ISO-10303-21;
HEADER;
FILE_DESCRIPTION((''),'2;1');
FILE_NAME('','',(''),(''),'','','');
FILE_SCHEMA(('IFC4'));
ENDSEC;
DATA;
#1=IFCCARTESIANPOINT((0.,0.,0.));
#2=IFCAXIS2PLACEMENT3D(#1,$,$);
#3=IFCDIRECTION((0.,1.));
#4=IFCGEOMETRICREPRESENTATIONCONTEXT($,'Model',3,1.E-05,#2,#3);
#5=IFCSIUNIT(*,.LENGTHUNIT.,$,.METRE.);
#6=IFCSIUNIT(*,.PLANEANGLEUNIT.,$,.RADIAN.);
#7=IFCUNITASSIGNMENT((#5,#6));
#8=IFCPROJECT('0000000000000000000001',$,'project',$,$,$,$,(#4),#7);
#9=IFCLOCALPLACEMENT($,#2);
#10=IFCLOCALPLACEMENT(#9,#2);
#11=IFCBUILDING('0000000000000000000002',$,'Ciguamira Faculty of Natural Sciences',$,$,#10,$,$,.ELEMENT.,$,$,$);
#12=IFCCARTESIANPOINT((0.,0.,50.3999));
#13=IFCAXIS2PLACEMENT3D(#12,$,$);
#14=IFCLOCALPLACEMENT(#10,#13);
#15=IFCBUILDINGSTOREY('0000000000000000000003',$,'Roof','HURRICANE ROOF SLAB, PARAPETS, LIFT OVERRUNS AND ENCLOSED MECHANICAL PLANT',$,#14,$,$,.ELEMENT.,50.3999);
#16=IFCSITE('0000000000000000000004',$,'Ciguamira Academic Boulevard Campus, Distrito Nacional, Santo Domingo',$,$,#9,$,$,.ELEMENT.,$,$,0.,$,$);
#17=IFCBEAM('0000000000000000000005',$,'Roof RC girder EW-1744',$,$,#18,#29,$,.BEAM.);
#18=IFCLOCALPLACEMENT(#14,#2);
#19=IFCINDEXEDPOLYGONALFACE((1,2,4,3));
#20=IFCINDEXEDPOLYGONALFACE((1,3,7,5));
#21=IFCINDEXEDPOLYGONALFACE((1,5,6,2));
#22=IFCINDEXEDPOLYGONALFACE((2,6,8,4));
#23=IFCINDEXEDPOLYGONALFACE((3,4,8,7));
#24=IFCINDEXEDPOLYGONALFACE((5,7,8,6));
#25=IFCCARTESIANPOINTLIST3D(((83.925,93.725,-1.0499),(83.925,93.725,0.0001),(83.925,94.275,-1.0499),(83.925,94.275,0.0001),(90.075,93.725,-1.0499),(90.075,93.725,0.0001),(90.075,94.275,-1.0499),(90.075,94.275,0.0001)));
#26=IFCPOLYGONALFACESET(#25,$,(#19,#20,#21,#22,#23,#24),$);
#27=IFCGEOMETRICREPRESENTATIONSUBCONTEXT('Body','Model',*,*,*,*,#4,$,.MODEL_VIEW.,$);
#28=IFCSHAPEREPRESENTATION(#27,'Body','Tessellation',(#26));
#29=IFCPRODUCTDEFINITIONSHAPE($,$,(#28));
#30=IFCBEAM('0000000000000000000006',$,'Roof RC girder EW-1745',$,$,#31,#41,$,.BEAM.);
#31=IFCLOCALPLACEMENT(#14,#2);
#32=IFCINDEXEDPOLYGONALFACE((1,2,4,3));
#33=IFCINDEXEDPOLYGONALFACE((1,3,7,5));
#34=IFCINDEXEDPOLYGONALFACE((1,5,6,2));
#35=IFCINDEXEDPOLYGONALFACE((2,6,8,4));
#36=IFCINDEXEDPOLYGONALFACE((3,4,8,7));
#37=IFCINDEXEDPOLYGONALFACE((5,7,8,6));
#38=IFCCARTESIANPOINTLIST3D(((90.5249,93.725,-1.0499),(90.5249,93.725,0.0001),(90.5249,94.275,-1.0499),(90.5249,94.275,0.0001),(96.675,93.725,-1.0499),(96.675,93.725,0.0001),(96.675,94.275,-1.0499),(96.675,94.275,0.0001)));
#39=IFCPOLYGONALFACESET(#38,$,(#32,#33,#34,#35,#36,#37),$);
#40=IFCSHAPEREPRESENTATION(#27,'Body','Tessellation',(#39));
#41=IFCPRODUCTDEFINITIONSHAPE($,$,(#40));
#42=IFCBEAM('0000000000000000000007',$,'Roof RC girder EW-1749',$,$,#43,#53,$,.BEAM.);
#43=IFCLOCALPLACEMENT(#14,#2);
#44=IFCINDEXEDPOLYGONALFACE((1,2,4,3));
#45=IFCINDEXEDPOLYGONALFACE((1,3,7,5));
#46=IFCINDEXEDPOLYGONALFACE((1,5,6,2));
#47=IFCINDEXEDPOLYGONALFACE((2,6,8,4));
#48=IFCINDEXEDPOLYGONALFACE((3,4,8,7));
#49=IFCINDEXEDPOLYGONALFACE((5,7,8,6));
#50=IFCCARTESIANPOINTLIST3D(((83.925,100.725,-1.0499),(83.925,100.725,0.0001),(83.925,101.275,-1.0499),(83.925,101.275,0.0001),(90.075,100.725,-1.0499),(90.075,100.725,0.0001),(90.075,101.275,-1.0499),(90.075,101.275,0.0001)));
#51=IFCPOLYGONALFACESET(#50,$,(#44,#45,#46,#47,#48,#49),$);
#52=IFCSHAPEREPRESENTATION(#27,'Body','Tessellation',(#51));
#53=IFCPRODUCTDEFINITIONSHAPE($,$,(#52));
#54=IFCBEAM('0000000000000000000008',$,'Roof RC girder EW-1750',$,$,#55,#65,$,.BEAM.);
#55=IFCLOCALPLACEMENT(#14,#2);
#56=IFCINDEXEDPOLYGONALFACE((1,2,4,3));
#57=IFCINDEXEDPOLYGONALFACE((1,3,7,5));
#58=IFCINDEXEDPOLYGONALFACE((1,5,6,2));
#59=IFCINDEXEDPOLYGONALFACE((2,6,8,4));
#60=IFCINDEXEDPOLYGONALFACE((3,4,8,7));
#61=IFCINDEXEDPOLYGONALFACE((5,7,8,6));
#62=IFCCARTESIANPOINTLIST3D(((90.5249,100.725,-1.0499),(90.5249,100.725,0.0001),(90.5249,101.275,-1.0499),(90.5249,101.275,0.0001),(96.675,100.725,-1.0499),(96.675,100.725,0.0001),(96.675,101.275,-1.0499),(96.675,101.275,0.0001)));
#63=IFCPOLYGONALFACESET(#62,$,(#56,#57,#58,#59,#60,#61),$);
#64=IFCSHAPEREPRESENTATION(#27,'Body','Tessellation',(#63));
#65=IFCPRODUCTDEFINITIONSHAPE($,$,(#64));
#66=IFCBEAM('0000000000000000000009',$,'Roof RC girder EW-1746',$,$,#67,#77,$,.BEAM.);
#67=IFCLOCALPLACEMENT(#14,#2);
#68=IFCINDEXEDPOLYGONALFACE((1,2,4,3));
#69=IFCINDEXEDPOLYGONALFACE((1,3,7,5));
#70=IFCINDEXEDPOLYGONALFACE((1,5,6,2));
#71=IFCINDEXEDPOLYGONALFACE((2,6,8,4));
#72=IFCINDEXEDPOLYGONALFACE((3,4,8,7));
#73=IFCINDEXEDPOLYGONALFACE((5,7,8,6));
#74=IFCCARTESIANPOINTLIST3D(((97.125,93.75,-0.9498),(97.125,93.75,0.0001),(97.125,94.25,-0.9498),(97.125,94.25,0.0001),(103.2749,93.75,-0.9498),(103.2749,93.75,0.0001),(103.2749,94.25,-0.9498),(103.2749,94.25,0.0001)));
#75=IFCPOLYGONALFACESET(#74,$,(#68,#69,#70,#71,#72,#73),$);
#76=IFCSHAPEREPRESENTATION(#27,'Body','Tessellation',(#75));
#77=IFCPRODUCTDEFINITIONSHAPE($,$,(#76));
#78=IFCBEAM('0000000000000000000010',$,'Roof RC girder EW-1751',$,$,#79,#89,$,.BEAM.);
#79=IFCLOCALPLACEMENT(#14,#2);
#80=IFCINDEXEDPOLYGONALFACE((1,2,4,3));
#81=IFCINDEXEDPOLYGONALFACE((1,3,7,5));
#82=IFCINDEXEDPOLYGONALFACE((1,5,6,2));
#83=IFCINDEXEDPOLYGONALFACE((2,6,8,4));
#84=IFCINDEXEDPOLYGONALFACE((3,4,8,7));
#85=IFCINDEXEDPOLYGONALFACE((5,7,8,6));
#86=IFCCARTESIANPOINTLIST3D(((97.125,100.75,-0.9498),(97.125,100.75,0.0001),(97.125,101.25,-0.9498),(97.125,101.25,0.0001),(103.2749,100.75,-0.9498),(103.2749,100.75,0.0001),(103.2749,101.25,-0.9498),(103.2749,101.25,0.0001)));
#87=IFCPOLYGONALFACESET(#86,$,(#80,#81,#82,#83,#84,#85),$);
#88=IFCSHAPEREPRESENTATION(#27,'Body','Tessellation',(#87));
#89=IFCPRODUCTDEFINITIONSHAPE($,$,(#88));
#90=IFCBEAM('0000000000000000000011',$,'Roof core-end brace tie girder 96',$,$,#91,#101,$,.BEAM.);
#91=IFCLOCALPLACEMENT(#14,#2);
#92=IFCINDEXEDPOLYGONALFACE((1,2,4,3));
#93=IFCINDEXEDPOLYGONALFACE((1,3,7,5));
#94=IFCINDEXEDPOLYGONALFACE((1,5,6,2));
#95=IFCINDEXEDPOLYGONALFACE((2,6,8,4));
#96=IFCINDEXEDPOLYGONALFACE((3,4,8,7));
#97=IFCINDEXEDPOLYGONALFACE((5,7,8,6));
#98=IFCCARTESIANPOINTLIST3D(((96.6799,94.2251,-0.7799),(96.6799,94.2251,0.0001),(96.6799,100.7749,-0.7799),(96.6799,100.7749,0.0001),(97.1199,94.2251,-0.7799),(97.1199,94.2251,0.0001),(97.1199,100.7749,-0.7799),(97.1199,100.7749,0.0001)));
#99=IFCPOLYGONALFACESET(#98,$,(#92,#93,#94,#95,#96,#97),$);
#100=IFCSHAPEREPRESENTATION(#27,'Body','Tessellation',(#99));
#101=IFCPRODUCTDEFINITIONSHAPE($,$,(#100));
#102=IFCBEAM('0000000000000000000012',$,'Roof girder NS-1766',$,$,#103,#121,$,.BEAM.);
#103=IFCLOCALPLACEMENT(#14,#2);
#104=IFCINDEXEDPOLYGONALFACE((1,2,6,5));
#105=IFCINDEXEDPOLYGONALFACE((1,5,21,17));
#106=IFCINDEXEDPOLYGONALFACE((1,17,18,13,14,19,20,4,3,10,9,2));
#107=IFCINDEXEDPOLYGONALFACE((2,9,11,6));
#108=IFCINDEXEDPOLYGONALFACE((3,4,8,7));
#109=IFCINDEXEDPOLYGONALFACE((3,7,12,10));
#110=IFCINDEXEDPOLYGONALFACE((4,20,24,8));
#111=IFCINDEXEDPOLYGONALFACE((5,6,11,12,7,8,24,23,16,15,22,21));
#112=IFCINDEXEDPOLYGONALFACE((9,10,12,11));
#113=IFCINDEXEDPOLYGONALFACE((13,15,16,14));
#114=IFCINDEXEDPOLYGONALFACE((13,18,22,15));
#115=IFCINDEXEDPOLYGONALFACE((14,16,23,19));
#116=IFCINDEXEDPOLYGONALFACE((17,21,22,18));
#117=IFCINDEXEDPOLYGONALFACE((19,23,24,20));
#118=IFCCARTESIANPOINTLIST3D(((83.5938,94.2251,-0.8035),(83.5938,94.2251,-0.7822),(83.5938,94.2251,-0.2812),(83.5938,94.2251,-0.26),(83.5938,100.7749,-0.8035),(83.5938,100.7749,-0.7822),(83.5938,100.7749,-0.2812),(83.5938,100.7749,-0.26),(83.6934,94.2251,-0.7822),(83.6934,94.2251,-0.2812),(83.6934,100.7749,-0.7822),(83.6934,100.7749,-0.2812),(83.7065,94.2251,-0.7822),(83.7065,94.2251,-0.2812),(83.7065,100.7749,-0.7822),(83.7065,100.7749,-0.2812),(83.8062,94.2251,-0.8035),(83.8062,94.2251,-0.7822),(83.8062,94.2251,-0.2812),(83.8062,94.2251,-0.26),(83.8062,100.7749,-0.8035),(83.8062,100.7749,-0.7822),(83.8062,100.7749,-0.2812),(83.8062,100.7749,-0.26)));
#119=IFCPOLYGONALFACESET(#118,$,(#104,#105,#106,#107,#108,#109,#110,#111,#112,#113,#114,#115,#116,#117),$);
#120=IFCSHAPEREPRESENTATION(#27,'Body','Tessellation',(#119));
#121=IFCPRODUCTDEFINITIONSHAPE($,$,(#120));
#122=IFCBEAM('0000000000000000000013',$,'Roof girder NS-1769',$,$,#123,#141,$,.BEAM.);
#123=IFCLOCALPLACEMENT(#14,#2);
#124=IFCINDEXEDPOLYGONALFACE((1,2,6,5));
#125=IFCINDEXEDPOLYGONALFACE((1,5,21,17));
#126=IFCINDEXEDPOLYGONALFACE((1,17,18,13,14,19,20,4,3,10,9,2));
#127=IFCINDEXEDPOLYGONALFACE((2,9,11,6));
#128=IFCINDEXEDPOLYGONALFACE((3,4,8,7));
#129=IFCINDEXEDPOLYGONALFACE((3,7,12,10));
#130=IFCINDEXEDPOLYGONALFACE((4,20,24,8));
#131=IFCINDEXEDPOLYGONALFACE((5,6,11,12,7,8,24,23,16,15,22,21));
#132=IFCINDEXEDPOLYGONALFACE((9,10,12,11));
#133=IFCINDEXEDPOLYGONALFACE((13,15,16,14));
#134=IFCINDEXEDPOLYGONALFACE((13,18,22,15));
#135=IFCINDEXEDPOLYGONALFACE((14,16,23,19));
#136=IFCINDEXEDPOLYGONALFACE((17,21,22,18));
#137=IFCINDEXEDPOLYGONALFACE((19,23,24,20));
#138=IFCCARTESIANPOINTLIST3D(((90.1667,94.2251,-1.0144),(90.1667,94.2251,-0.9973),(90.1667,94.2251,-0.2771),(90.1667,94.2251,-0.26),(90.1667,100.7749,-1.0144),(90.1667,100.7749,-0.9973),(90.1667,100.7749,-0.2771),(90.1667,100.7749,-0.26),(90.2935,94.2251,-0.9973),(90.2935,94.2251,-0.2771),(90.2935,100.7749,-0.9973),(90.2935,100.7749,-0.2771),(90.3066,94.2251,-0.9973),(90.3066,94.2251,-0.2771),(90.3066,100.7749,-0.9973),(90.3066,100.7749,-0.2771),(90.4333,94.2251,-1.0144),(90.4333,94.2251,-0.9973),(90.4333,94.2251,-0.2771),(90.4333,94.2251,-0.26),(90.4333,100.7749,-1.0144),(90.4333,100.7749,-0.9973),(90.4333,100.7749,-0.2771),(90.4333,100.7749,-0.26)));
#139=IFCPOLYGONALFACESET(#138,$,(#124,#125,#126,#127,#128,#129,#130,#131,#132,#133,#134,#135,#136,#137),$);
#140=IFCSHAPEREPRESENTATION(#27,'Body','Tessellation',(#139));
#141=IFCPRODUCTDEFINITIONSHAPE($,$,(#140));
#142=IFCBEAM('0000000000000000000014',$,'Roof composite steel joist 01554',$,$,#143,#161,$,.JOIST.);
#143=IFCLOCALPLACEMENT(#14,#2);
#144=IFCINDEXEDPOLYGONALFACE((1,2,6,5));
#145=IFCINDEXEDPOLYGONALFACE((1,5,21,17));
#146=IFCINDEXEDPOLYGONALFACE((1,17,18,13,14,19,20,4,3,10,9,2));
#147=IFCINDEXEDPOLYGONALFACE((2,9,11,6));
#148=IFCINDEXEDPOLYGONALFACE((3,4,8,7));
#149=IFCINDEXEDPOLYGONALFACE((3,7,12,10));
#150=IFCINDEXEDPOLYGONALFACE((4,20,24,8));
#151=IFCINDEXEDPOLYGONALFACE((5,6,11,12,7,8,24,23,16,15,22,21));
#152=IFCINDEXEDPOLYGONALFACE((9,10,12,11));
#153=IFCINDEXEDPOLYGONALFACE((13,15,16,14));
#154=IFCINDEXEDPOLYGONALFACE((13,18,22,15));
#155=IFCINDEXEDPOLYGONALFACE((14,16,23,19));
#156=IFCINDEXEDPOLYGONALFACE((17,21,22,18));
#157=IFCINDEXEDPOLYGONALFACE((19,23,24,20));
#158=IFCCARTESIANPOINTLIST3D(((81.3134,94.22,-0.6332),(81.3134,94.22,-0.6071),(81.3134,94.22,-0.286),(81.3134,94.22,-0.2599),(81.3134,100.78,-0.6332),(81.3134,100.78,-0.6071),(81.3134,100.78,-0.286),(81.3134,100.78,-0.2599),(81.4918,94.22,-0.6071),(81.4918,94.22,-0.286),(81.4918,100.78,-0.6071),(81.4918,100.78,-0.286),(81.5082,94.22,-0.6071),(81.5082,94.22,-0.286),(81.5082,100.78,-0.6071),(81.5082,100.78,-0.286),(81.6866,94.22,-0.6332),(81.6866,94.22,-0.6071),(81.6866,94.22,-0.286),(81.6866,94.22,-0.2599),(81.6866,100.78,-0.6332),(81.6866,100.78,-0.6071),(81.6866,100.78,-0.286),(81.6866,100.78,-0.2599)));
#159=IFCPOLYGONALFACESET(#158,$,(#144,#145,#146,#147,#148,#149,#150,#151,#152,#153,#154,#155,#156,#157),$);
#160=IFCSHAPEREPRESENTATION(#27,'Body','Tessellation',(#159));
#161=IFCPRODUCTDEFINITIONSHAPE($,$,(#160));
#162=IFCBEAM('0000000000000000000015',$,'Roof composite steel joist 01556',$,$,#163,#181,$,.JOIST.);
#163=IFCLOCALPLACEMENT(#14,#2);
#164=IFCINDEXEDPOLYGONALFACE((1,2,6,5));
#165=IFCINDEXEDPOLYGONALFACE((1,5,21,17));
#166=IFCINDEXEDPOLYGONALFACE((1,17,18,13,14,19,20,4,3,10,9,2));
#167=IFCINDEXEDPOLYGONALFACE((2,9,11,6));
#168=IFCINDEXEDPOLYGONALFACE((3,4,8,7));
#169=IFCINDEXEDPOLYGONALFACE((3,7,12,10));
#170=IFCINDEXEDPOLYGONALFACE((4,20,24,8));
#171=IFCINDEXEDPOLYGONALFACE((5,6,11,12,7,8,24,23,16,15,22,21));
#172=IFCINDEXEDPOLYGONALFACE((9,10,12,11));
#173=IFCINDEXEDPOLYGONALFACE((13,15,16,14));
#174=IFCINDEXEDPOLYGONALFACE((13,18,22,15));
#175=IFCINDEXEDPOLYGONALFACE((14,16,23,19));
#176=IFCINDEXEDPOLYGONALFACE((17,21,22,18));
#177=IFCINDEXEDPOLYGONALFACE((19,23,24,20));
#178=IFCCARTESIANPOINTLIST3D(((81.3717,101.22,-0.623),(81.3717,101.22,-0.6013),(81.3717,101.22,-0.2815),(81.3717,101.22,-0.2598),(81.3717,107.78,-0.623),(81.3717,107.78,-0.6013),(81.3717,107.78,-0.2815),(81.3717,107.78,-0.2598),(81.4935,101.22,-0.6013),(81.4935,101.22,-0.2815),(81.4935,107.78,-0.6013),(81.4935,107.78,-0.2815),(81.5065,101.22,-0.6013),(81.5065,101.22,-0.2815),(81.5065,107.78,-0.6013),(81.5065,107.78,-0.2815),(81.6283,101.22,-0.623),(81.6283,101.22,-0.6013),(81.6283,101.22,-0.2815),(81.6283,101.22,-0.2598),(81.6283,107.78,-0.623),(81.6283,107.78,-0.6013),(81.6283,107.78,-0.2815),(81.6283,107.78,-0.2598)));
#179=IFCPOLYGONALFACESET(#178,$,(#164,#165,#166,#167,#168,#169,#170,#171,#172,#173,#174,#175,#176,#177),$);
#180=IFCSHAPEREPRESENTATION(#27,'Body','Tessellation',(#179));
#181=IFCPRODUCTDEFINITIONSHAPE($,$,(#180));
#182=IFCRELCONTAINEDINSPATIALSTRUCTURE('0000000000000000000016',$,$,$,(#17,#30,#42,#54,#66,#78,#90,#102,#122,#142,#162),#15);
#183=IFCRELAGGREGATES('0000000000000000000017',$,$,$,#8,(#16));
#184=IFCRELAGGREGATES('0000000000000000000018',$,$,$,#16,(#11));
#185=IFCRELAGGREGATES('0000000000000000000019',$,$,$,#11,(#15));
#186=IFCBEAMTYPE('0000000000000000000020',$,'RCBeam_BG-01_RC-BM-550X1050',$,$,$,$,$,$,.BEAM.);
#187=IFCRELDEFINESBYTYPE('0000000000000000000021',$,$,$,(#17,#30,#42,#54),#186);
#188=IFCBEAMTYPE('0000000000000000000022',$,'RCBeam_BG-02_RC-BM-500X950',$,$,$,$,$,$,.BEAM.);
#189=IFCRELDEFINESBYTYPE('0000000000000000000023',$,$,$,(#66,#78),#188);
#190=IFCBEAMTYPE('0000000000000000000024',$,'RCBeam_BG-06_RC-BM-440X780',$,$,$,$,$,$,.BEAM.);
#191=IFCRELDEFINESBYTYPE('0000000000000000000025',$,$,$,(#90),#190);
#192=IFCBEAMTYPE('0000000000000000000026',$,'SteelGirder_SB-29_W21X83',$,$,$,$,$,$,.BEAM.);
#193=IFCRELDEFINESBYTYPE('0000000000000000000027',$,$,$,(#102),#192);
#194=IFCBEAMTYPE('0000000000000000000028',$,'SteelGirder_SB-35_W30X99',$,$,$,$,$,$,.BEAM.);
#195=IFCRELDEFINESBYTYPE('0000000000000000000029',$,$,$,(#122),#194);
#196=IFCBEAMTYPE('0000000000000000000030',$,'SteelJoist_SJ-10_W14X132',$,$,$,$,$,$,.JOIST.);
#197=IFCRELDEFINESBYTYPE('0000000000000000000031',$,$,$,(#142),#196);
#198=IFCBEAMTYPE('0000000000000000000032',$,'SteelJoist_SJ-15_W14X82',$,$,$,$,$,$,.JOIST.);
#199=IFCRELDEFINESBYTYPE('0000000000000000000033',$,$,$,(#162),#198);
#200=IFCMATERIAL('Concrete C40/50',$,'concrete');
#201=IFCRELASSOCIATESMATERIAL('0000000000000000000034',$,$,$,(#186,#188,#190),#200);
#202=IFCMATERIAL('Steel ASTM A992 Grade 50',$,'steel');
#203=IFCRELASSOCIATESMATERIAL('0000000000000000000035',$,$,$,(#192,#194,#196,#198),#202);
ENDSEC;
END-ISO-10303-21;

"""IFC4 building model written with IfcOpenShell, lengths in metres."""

from ifc_helpers import new_model, si_unit, direction, frame, origin, origin_2d, place, context, subcontext, project, spatial, rectangle, i_section, extrude, material, material_profile, profile_set, type_object, element, save


model = new_model("IFC4")

# Units and contexts
model_context = context("Model", 3, precision=1e-05, world=origin(), true_north=direction((0.0, 1.0)))
body_context = subcontext(model_context, "Body", "Model", "MODEL_VIEW")
ifc_project = project(units=[si_unit("LENGTHUNIT", "METRE"), si_unit("PLANEANGLEUNIT", "RADIAN")], contexts=[model_context])

# Site, building, storey
site_placement = place(None, origin())
site = spatial("IfcSite", under=ifc_project, at=site_placement, Name="Ciguamira Academic Boulevard Campus, Distrito Nacional, Santo Domingo", CompositionType="ELEMENT", RefElevation=0.0)
building_placement = place(site_placement, origin())
building = spatial("IfcBuilding", under=site, at=building_placement, Name="Ciguamira Faculty of Natural Sciences", CompositionType="ELEMENT")
storey_placement = place(building_placement, frame((0.0, 0.0, 50.3999)))
storey = spatial("IfcBuildingStorey", under=building, at=storey_placement, Name="Roof", Description="HURRICANE ROOF SLAB, PARAPETS, LIFT OVERRUNS AND ENCLOSED MECHANICAL PLANT", CompositionType="ELEMENT", Elevation=50.3999)

# Beams
ifc_material_1 = material(Name="Concrete C40/50", Category="concrete")
ifc_material_profile_1 = material_profile(ifc_material_1, rectangle(XDim=0.55, YDim=1.05, at=origin_2d()), Name="RC-BM-550X1050")
ifc_profile_set_1 = profile_set([ifc_material_profile_1], Name="Concrete C40/50")
beam_type_1 = type_object("IfcBeamType", Name="RCBeam_BG-01_RC-BM-550X1050", PredefinedType="BEAM", material=ifc_profile_set_1)
beam_1_placement = place(storey_placement, frame((83.925, 94.0, -0.5249), z_axis=(1.0, 0.0, 0.0), x_axis=(0.0, 1.0, 0.0)))
element("IfcBeam", 1, at=beam_1_placement, inside=storey, type_object=beam_type_1, Name="Roof RC girder EW-1744", PredefinedType="BEAM", context=body_context, shape_type="SweptSolid", body=[
    extrude(rectangle(XDim=0.55, YDim=1.05, at=origin_2d()), origin(), (0.0, 0.0, 1.0), 6.1499),
])
beam_2_placement = place(storey_placement, frame((90.5249, 94.0, -0.5249), z_axis=(1.0, 0.0, 0.0), x_axis=(0.0, 1.0, 0.0)))
element("IfcBeam", 2, at=beam_2_placement, inside=storey, type_object=beam_type_1, Name="Roof RC girder EW-1745", PredefinedType="BEAM", context=body_context, shape_type="SweptSolid", body=[
    extrude(rectangle(XDim=0.55, YDim=1.05, at=origin_2d()), origin(), (0.0, 0.0, 1.0), 6.1501),
])
beam_3_placement = place(storey_placement, frame((83.925, 101.0, -0.5249), z_axis=(1.0, 0.0, 0.0), x_axis=(0.0, 1.0, 0.0)))
element("IfcBeam", 3, at=beam_3_placement, inside=storey, type_object=beam_type_1, Name="Roof RC girder EW-1749", PredefinedType="BEAM", context=body_context, shape_type="SweptSolid", body=[
    extrude(rectangle(XDim=0.55, YDim=1.05, at=origin_2d()), origin(), (0.0, 0.0, 1.0), 6.1499),
])
beam_4_placement = place(storey_placement, frame((90.5249, 101.0, -0.5249), z_axis=(1.0, 0.0, 0.0), x_axis=(0.0, 1.0, 0.0)))
element("IfcBeam", 4, at=beam_4_placement, inside=storey, type_object=beam_type_1, Name="Roof RC girder EW-1750", PredefinedType="BEAM", context=body_context, shape_type="SweptSolid", body=[
    extrude(rectangle(XDim=0.55, YDim=1.05, at=origin_2d()), origin(), (0.0, 0.0, 1.0), 6.1501),
])
ifc_material_profile_2 = material_profile(ifc_material_1, rectangle(XDim=0.5, YDim=0.95, at=origin_2d()), Name="RC-BM-500X950")
ifc_profile_set_2 = profile_set([ifc_material_profile_2], Name="Concrete C40/50")
beam_type_2 = type_object("IfcBeamType", Name="RCBeam_BG-02_RC-BM-500X950", PredefinedType="BEAM", material=ifc_profile_set_2)
for number, where, z_axis, x_axis, name in (
    (5, (97.125, 94.0, -0.4749), (1.0, 0.0, 0.0), (0.0, 1.0, 0.0), "Roof RC girder EW-1746"),
    (6, (97.125, 101.0, -0.4749), (1.0, 0.0, 0.0), (0.0, 1.0, 0.0), "Roof RC girder EW-1751"),
):
    element("IfcBeam", number, at=place(storey_placement, frame(where, z_axis=z_axis, x_axis=x_axis)), inside=storey, type_object=beam_type_2, Name=name, PredefinedType="BEAM", context=body_context, shape_type="SweptSolid", body=[
        extrude(rectangle(XDim=0.5, YDim=0.95, at=origin_2d()), origin(), (0.0, 0.0, 1.0), 6.1499),
    ])
ifc_material_profile_3 = material_profile(ifc_material_1, rectangle(XDim=0.4399, YDim=0.78, at=origin_2d()), Name="RC-BM-440X780")
ifc_profile_set_3 = profile_set([ifc_material_profile_3], Name="Concrete C40/50")
beam_type_3 = type_object("IfcBeamType", Name="RCBeam_BG-06_RC-BM-440X780", PredefinedType="BEAM", material=ifc_profile_set_3)
beam_5_placement = place(storey_placement, frame((96.8999, 94.2251, -0.3899), z_axis=(0.0, 1.0, 0.0), x_axis=(-1.0, 0.0, 0.0)))
element("IfcBeam", 7, at=beam_5_placement, inside=storey, type_object=beam_type_3, Name="Roof core-end brace tie girder 96", PredefinedType="BEAM", context=body_context, shape_type="SweptSolid", body=[
    extrude(rectangle(XDim=0.4399, YDim=0.78, at=origin_2d()), origin(), (0.0, 0.0, 1.0), 6.5498),
])
ifc_material_2 = material(Name="Steel ASTM A992 Grade 50", Category="steel")
ifc_material_profile_4 = material_profile(ifc_material_2, i_section(OverallWidth=0.2124, OverallDepth=0.5435, WebThickness=0.0132, FlangeThickness=0.0212, at=origin_2d()), Name="W21X83")
ifc_profile_set_4 = profile_set([ifc_material_profile_4], Name="Steel ASTM A992 Grade 50")
beam_type_4 = type_object("IfcBeamType", Name="SteelGirder_SB-29_W21X83", PredefinedType="BEAM", material=ifc_profile_set_4)
beam_6_placement = place(storey_placement, frame((83.7, 94.2251, -0.5317), z_axis=(0.0, 1.0, 0.0), x_axis=(-1.0, 0.0, 0.0)))
element("IfcBeam", 8, at=beam_6_placement, inside=storey, type_object=beam_type_4, Name="Roof girder NS-1766", PredefinedType="BEAM", context=body_context, shape_type="SweptSolid", body=[
    extrude(i_section(OverallWidth=0.2124, OverallDepth=0.5435, WebThickness=0.0132, FlangeThickness=0.0212, at=origin_2d()), origin(), (0.0, 0.0, 1.0), 6.5498),
])
ifc_material_profile_5 = material_profile(ifc_material_2, i_section(OverallWidth=0.2666, OverallDepth=0.7544, WebThickness=0.0132, FlangeThickness=0.0171, at=origin_2d()), Name="W30X99")
ifc_profile_set_5 = profile_set([ifc_material_profile_5], Name="Steel ASTM A992 Grade 50")
beam_type_5 = type_object("IfcBeamType", Name="SteelGirder_SB-35_W30X99", PredefinedType="BEAM", material=ifc_profile_set_5)
beam_7_placement = place(storey_placement, frame((90.3, 94.2251, -0.6372), z_axis=(0.0, 1.0, 0.0), x_axis=(-1.0, 0.0, 0.0)))
element("IfcBeam", 9, at=beam_7_placement, inside=storey, type_object=beam_type_5, Name="Roof girder NS-1769", PredefinedType="BEAM", context=body_context, shape_type="SweptSolid", body=[
    extrude(i_section(OverallWidth=0.2666, OverallDepth=0.7544, WebThickness=0.0132, FlangeThickness=0.0171, at=origin_2d()), origin(), (0.0, 0.0, 1.0), 6.5498),
])
ifc_material_profile_6 = material_profile(ifc_material_2, i_section(OverallWidth=0.3733, OverallDepth=0.3733, WebThickness=0.0164, FlangeThickness=0.0261, at=origin_2d()), Name="W14X132")
ifc_profile_set_6 = profile_set([ifc_material_profile_6], Name="Steel ASTM A992 Grade 50")
beam_type_6 = type_object("IfcBeamType", Name="SteelJoist_SJ-10_W14X132", PredefinedType="JOIST", material=ifc_profile_set_6)
beam_8_placement = place(storey_placement, frame((81.5, 94.22, -0.4465), z_axis=(0.0, 1.0, 0.0), x_axis=(-1.0, 0.0, 0.0)))
element("IfcBeam", 10, at=beam_8_placement, inside=storey, type_object=beam_type_6, Name="Roof composite steel joist 01554", PredefinedType="JOIST", context=body_context, shape_type="SweptSolid", body=[
    extrude(i_section(OverallWidth=0.3733, OverallDepth=0.3733, WebThickness=0.0164, FlangeThickness=0.0261, at=origin_2d()), origin(), (0.0, 0.0, 1.0), 6.5601),
])
ifc_material_profile_7 = material_profile(ifc_material_2, i_section(OverallWidth=0.2566, OverallDepth=0.3633, WebThickness=0.0129, FlangeThickness=0.0217, at=origin_2d()), Name="W14X82")
ifc_profile_set_7 = profile_set([ifc_material_profile_7], Name="Steel ASTM A992 Grade 50")
beam_type_7 = type_object("IfcBeamType", Name="SteelJoist_SJ-15_W14X82", PredefinedType="JOIST", material=ifc_profile_set_7)
beam_9_placement = place(storey_placement, frame((81.5, 101.22, -0.4414), z_axis=(0.0, 1.0, 0.0), x_axis=(-1.0, 0.0, 0.0)))
element("IfcBeam", 11, at=beam_9_placement, inside=storey, type_object=beam_type_7, Name="Roof composite steel joist 01556", PredefinedType="JOIST", context=body_context, shape_type="SweptSolid", body=[
    extrude(i_section(OverallWidth=0.2566, OverallDepth=0.3633, WebThickness=0.0129, FlangeThickness=0.0217, at=origin_2d()), origin(), (0.0, 0.0, 1.0), 6.5601),
])

save(model, "model.ifc")
